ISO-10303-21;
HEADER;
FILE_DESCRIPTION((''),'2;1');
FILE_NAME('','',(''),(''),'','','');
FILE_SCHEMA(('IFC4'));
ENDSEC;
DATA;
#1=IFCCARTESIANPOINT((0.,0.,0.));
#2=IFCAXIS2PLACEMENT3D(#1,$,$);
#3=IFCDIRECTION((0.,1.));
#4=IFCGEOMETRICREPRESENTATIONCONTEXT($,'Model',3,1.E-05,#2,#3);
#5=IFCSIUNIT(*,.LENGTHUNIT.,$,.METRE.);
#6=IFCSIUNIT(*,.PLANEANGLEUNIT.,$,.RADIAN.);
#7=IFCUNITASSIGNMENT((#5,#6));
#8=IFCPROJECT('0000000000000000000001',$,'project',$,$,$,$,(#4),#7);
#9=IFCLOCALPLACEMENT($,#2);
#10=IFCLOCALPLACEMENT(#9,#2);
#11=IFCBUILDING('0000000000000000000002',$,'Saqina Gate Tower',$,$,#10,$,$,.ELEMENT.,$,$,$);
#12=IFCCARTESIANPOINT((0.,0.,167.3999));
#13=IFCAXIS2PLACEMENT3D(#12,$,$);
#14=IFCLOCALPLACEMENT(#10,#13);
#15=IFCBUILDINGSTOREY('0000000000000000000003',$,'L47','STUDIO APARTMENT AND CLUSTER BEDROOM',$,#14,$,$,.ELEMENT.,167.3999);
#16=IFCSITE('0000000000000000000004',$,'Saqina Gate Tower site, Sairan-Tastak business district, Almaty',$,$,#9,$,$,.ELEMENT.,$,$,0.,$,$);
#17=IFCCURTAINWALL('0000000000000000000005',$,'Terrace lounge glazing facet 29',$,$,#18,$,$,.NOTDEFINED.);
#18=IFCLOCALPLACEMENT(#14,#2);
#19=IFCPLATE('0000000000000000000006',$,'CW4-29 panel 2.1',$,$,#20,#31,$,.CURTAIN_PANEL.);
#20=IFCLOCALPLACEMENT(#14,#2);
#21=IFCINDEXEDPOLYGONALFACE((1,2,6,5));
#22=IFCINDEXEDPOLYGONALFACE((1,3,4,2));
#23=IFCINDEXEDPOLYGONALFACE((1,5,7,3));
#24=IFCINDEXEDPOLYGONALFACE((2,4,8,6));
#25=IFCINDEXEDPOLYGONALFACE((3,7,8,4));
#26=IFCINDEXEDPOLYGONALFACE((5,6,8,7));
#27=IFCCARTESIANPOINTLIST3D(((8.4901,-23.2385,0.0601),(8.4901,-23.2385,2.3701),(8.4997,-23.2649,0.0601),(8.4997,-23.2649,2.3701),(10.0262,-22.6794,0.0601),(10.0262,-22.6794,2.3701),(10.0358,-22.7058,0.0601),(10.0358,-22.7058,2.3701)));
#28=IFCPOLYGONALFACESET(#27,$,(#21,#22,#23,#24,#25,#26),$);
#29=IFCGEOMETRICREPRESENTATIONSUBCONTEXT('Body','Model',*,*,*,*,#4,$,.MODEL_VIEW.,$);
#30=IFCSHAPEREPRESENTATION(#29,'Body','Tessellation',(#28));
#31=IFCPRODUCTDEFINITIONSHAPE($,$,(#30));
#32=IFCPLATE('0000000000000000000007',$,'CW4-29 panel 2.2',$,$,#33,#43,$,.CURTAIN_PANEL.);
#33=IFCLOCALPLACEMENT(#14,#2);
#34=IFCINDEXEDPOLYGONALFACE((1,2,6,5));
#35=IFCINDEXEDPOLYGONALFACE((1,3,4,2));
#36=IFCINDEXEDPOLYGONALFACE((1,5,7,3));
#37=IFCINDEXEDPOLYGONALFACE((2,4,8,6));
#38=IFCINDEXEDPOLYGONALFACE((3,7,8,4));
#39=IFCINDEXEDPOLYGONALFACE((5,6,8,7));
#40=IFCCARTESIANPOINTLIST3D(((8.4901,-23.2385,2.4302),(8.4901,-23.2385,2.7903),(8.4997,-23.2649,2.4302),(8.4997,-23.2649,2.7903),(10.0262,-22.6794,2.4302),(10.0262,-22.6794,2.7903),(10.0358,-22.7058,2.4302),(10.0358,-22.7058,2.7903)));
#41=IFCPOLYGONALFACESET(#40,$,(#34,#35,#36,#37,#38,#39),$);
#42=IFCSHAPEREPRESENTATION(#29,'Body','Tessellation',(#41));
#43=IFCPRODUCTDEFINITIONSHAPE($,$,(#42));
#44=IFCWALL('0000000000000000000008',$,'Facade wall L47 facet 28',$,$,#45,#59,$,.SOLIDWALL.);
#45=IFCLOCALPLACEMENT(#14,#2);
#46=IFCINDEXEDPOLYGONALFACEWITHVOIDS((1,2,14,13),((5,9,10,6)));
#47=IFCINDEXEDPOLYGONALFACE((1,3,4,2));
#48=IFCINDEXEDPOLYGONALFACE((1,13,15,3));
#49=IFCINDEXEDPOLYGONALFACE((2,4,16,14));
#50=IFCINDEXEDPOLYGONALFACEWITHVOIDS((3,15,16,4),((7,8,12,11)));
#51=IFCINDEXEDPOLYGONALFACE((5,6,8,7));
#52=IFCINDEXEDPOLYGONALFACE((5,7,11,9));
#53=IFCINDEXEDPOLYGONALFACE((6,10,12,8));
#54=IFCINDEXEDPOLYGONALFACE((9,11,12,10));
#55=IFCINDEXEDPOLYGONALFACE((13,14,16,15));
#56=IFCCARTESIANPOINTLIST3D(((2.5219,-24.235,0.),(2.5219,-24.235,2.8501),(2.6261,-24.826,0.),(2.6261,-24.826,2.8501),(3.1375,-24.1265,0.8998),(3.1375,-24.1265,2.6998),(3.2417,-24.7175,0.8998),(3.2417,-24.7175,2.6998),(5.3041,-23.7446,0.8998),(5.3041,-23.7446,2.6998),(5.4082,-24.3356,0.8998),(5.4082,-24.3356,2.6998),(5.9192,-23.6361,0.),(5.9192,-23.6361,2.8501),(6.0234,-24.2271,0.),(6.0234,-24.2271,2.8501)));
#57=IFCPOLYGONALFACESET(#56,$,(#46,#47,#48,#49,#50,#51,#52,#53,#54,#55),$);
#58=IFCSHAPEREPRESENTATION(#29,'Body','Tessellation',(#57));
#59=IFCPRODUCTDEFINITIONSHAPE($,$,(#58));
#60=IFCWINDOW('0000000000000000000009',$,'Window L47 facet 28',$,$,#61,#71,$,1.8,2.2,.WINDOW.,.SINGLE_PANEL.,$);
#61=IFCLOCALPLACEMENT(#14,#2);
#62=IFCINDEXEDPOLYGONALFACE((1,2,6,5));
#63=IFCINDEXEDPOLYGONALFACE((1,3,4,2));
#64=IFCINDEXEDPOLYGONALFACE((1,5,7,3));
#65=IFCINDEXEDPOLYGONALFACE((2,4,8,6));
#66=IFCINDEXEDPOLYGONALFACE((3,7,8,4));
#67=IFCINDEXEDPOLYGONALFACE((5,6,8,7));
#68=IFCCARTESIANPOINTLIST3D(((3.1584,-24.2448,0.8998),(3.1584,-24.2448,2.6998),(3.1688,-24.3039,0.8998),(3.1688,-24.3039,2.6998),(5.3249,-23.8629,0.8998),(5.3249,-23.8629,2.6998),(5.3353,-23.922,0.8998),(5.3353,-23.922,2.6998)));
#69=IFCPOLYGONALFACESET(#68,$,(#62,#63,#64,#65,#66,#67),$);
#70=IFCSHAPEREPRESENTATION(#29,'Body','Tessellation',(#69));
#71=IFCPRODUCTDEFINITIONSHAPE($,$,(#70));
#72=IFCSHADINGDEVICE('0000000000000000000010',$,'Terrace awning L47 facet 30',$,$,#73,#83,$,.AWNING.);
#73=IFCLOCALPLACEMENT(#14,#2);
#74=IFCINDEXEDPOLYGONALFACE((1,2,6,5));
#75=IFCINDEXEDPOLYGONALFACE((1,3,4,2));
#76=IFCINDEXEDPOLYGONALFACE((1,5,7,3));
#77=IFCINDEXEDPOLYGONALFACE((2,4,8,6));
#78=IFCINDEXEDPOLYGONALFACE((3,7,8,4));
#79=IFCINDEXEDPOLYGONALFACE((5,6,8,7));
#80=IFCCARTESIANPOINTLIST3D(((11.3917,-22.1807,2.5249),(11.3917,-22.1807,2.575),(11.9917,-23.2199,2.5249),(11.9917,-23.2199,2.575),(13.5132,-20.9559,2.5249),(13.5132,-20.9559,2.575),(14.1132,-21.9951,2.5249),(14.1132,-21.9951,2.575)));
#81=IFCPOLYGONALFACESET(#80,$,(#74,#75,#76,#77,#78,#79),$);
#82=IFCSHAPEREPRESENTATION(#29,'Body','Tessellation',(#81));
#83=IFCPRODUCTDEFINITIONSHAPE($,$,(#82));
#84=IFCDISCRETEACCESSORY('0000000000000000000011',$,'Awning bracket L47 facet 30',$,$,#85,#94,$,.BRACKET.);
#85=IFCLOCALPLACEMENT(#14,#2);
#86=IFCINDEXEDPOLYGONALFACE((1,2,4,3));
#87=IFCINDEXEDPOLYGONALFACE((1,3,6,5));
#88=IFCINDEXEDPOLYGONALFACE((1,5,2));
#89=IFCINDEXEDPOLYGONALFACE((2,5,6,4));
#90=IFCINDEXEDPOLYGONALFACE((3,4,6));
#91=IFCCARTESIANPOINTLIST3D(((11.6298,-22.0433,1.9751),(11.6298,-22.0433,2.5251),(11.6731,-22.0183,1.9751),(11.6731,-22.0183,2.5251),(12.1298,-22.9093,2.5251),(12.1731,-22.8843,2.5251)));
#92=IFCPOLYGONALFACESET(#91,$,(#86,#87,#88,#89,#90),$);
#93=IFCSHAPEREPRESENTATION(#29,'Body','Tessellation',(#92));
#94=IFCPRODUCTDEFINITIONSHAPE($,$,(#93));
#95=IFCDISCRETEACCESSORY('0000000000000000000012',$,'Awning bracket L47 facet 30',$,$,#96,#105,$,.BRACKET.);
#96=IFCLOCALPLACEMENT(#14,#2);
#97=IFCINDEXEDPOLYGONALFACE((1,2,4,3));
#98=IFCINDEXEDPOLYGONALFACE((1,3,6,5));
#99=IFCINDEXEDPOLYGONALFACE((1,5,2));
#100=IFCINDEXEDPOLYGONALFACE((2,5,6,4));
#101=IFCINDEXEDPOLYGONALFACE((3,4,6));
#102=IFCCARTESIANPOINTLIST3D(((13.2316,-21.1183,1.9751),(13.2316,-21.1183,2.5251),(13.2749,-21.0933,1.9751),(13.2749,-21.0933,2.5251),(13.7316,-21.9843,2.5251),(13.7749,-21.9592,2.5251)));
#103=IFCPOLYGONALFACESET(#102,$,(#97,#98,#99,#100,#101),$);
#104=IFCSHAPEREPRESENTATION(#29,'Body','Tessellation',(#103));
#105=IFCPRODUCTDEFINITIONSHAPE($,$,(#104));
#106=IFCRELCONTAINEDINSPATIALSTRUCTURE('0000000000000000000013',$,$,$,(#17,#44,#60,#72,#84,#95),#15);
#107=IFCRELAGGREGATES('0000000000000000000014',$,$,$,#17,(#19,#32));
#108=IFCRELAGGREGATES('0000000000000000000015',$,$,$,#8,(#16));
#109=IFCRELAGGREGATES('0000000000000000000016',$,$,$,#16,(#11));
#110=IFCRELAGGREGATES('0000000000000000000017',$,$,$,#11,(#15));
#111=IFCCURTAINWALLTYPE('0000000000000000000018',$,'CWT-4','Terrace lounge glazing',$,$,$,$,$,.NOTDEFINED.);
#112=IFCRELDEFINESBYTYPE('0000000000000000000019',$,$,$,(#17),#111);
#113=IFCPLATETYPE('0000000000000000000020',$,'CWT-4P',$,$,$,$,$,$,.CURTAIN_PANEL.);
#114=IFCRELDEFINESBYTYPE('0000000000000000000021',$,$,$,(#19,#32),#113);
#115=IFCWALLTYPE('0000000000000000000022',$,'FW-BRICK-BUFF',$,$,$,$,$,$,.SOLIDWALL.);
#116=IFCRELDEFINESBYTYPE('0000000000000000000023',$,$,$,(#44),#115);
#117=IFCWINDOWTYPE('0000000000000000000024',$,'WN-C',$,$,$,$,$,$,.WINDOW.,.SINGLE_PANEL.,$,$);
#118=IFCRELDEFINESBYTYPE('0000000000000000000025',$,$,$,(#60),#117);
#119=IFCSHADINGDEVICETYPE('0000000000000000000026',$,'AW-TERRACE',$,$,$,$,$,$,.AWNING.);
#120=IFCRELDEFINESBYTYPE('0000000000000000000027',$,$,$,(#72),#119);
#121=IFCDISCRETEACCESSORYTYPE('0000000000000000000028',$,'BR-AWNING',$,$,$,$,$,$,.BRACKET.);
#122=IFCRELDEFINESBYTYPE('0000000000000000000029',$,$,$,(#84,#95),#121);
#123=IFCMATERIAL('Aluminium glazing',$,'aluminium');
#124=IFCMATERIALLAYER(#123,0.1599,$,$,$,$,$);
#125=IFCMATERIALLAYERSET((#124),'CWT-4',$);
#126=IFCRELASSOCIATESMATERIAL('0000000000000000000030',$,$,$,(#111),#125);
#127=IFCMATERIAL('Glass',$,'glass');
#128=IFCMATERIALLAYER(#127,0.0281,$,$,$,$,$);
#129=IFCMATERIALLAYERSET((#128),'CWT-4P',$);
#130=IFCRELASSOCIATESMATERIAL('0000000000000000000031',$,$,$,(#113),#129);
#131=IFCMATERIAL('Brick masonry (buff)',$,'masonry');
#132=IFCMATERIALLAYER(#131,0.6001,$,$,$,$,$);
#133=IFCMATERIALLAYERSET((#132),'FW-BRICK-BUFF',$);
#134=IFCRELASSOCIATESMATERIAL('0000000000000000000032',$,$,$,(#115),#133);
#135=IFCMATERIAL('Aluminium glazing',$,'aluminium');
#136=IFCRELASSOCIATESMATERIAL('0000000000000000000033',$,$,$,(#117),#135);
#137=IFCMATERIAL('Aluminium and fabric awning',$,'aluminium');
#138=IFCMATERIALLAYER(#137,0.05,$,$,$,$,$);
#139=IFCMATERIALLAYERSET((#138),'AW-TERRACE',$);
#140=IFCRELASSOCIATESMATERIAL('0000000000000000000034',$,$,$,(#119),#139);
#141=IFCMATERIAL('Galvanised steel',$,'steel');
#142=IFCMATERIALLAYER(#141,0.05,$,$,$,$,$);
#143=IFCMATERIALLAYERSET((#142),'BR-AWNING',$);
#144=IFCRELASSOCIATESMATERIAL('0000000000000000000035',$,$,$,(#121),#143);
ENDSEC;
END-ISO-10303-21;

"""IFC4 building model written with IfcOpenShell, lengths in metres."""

from ifc_helpers import new_model, si_unit, direction, frame, frame_2d, origin, origin_2d, place, context, subcontext, project, spatial, polyline, rectangle, outline, extrude, material, layer, layer_set, type_object, element, fill, aggregate, save


model = new_model("IFC4")

# Units and contexts
model_context = context("Model", 3, precision=1e-05, world=origin(), true_north=direction((0.0, 1.0)))
body_context = subcontext(model_context, "Body", "Model", "MODEL_VIEW")
ifc_project = project(units=[si_unit("LENGTHUNIT", "METRE"), si_unit("PLANEANGLEUNIT", "RADIAN")], contexts=[model_context])

# Site, building, storey
site_placement = place(None, origin())
site = spatial("IfcSite", under=ifc_project, at=site_placement, Name="Saqina Gate Tower site, Sairan-Tastak business district, Almaty", CompositionType="ELEMENT", RefElevation=0.0)
building_placement = place(site_placement, origin())
building = spatial("IfcBuilding", under=site, at=building_placement, Name="Saqina Gate Tower", CompositionType="ELEMENT")
storey_placement = place(building_placement, frame((0.0, 0.0, 167.3999)))
storey = spatial("IfcBuildingStorey", under=building, at=storey_placement, Name="L47", Description="STUDIO APARTMENT AND CLUSTER BEDROOM", CompositionType="ELEMENT", Elevation=167.3999)

# Curtain wall, plates
ifc_material_1 = material(Name="Aluminium glazing", Category="aluminium")
ifc_layer_1 = layer(ifc_material_1, 0.1599)
ifc_layer_set_1 = layer_set([ifc_layer_1], Name="CWT-4")
curtain_wall_type = type_object("IfcCurtainWallType", Name="CWT-4", Description="Terrace lounge glazing", PredefinedType="NOTDEFINED", material=ifc_layer_set_1)
curtain_wall_placement = place(storey_placement, origin())
curtain_wall = element("IfcCurtainWall", 1, at=curtain_wall_placement, inside=storey, type_object=curtain_wall_type, Name="Terrace lounge glazing facet 29", PredefinedType="NOTDEFINED")
ifc_material_2 = material(Name="Glass", Category="glass")
ifc_layer_2 = layer(ifc_material_2, 0.0281)
ifc_layer_set_2 = layer_set([ifc_layer_2], Name="CWT-4P")
plate_type = type_object("IfcPlateType", Name="CWT-4P", PredefinedType="CURTAIN_PANEL", material=ifc_layer_set_2)
plate_1_placement = place(storey_placement, frame((9.2629, -22.9722, 0.0601), z_axis=(0.0, 0.0, 1.0), x_axis=(0.939691, 0.342025, 0.0)))
plate_1 = element("IfcPlate", 2, at=plate_1_placement, type_object=plate_type, Name="CW4-29 panel 2.1", PredefinedType="CURTAIN_PANEL", context=body_context, shape_type="SweptSolid", body=[
    extrude(rectangle(XDim=1.6348, YDim=0.0281, at=origin_2d()), origin(), (0.0, 0.0, 1.0), 2.3101),
])
plate_2_placement = place(storey_placement, frame((9.2629, -22.9722, 2.4302), z_axis=(0.0, 0.0, 1.0), x_axis=(0.939691, 0.342025, 0.0)))
plate_2 = element("IfcPlate", 3, at=plate_2_placement, type_object=plate_type, Name="CW4-29 panel 2.2", PredefinedType="CURTAIN_PANEL", context=body_context, shape_type="SweptSolid", body=[
    extrude(rectangle(XDim=1.6348, YDim=0.0281, at=origin_2d()), origin(), (0.0, 0.0, 1.0), 0.3601),
])
aggregate(curtain_wall, [plate_1, plate_2])

# Wall, opening, window
ifc_material_3 = material(Name="Brick masonry (buff)", Category="masonry")
ifc_layer_3 = layer(ifc_material_3, 0.6001)
ifc_layer_set_3 = layer_set([ifc_layer_3], Name="FW-BRICK-BUFF")
wall_type = type_object("IfcWallType", Name="FW-BRICK-BUFF", PredefinedType="SOLIDWALL", material=ifc_layer_set_3)
wall_1_placement = place(storey_placement, frame((2.574, -24.5305, 0.0), z_axis=(0.0, 0.0, 1.0), x_axis=(0.984815, 0.173608, 0.0)))
wall_1 = element("IfcWall", 4, at=wall_1_placement, inside=storey, type_object=wall_type, Name="Facade wall L47 facet 28", PredefinedType="SOLIDWALL", context=body_context, shape_type="SweptSolid", body=[
    extrude(rectangle(XDim=3.4497, YDim=0.6001, at=frame_2d((1.7249, 0.0))), origin(), (0.0, 0.0, 1.0), 2.8501),
])
opening_1_placement = place(wall_1_placement, frame((0.625, 0.0, 0.8999)))
opening_1 = element("IfcOpeningElement", 5, at=opening_1_placement, cuts=wall_1, PredefinedType="OPENING", context=body_context, shape_type="SweptSolid", body=[
    extrude(rectangle(XDim=2.2, YDim=1.8, at=frame_2d((1.1001, 0.8999))), frame((0.0, 0.312, 0.0), z_axis=(0.0, -1.0, 0.0), x_axis=(1.0, 0.0, 0.0)), (0.0, 0.0, 1.0), 0.624),
])
ifc_material_4 = material(Name="Aluminium glazing", Category="aluminium")
window_type = type_object("IfcWindowType", Name="WN-C", PartitioningType="SINGLE_PANEL", PredefinedType="WINDOW", material=ifc_material_4)
window_placement = place(opening_1_placement, origin())
window = element("IfcWindow", 6, at=window_placement, inside=storey, type_object=window_type, Name="Window L47 facet 28", OverallHeight=1.8, OverallWidth=2.2, PartitioningType="SINGLE_PANEL", PredefinedType="WINDOW", context=body_context, shape_type="SweptSolid", body=[
    extrude(rectangle(XDim=2.2, YDim=1.8, at=frame_2d((1.1001, 0.8999))), frame((0.0, 0.1799, 0.0), z_axis=(0.0, -1.0, 0.0), x_axis=(1.0, 0.0, 0.0)), (0.0, 0.0, 1.0), 0.0601),
])
fill(opening_1, window)

# Shading device
ifc_material_5 = material(Name="Aluminium and fabric awning", Category="aluminium")
ifc_layer_4 = layer(ifc_material_5, 0.05)
ifc_layer_set_4 = layer_set([ifc_layer_4], Name="AW-TERRACE")
shading_device_type = type_object("IfcShadingDeviceType", Name="AW-TERRACE", PredefinedType="AWNING", material=ifc_layer_set_4)
shading_device_placement = place(storey_placement, frame((12.7524, -22.0879, 2.5249), z_axis=(0.0, 0.0, 1.0), x_axis=(0.866025, 0.5, 0.0)))
element("IfcShadingDevice", 7, at=shading_device_placement, inside=storey, type_object=shading_device_type, Name="Terrace awning L47 facet 30", PredefinedType="AWNING", context=body_context, shape_type="SweptSolid", body=[
    extrude(rectangle(XDim=2.4497, YDim=1.2, at=origin_2d()), origin(), (0.0, 0.0, 1.0), 0.05),
])

# Discrete accessories
ifc_material_6 = material(Name="Galvanised steel", Category="steel")
ifc_layer_5 = layer(ifc_material_6, 0.05)
ifc_layer_set_5 = layer_set([ifc_layer_5], Name="BR-AWNING")
discrete_accessory_type = type_object("IfcDiscreteAccessoryType", Name="BR-AWNING", PredefinedType="BRACKET", material=ifc_layer_set_5)
for number, where, z_axis, x_axis, name in (
    (8, (11.6731, -22.0183, 1.9751), (0.866011, 0.500025, 0.0), (0.0, 0.0, 1.0), "Awning bracket L47 facet 30"),
    (9, (13.2749, -21.0933, 1.9751), (0.866011, 0.500025, 0.0), (0.0, 0.0, 1.0), "Awning bracket L47 facet 30"),
):
    element("IfcDiscreteAccessory", number, at=place(storey_placement, frame(where, z_axis=z_axis, x_axis=x_axis)), inside=storey, type_object=discrete_accessory_type, Name=name, PredefinedType="BRACKET", context=body_context, shape_type="SweptSolid", body=[
        extrude(outline(polyline([(0.0, 0.0), (0.55, 0.0), (0.55, 0.9999), (0.0, 0.0)])), origin(), (0.0, 0.0, -1.0), 0.05),
    ])

save(model, "model.ifc")
